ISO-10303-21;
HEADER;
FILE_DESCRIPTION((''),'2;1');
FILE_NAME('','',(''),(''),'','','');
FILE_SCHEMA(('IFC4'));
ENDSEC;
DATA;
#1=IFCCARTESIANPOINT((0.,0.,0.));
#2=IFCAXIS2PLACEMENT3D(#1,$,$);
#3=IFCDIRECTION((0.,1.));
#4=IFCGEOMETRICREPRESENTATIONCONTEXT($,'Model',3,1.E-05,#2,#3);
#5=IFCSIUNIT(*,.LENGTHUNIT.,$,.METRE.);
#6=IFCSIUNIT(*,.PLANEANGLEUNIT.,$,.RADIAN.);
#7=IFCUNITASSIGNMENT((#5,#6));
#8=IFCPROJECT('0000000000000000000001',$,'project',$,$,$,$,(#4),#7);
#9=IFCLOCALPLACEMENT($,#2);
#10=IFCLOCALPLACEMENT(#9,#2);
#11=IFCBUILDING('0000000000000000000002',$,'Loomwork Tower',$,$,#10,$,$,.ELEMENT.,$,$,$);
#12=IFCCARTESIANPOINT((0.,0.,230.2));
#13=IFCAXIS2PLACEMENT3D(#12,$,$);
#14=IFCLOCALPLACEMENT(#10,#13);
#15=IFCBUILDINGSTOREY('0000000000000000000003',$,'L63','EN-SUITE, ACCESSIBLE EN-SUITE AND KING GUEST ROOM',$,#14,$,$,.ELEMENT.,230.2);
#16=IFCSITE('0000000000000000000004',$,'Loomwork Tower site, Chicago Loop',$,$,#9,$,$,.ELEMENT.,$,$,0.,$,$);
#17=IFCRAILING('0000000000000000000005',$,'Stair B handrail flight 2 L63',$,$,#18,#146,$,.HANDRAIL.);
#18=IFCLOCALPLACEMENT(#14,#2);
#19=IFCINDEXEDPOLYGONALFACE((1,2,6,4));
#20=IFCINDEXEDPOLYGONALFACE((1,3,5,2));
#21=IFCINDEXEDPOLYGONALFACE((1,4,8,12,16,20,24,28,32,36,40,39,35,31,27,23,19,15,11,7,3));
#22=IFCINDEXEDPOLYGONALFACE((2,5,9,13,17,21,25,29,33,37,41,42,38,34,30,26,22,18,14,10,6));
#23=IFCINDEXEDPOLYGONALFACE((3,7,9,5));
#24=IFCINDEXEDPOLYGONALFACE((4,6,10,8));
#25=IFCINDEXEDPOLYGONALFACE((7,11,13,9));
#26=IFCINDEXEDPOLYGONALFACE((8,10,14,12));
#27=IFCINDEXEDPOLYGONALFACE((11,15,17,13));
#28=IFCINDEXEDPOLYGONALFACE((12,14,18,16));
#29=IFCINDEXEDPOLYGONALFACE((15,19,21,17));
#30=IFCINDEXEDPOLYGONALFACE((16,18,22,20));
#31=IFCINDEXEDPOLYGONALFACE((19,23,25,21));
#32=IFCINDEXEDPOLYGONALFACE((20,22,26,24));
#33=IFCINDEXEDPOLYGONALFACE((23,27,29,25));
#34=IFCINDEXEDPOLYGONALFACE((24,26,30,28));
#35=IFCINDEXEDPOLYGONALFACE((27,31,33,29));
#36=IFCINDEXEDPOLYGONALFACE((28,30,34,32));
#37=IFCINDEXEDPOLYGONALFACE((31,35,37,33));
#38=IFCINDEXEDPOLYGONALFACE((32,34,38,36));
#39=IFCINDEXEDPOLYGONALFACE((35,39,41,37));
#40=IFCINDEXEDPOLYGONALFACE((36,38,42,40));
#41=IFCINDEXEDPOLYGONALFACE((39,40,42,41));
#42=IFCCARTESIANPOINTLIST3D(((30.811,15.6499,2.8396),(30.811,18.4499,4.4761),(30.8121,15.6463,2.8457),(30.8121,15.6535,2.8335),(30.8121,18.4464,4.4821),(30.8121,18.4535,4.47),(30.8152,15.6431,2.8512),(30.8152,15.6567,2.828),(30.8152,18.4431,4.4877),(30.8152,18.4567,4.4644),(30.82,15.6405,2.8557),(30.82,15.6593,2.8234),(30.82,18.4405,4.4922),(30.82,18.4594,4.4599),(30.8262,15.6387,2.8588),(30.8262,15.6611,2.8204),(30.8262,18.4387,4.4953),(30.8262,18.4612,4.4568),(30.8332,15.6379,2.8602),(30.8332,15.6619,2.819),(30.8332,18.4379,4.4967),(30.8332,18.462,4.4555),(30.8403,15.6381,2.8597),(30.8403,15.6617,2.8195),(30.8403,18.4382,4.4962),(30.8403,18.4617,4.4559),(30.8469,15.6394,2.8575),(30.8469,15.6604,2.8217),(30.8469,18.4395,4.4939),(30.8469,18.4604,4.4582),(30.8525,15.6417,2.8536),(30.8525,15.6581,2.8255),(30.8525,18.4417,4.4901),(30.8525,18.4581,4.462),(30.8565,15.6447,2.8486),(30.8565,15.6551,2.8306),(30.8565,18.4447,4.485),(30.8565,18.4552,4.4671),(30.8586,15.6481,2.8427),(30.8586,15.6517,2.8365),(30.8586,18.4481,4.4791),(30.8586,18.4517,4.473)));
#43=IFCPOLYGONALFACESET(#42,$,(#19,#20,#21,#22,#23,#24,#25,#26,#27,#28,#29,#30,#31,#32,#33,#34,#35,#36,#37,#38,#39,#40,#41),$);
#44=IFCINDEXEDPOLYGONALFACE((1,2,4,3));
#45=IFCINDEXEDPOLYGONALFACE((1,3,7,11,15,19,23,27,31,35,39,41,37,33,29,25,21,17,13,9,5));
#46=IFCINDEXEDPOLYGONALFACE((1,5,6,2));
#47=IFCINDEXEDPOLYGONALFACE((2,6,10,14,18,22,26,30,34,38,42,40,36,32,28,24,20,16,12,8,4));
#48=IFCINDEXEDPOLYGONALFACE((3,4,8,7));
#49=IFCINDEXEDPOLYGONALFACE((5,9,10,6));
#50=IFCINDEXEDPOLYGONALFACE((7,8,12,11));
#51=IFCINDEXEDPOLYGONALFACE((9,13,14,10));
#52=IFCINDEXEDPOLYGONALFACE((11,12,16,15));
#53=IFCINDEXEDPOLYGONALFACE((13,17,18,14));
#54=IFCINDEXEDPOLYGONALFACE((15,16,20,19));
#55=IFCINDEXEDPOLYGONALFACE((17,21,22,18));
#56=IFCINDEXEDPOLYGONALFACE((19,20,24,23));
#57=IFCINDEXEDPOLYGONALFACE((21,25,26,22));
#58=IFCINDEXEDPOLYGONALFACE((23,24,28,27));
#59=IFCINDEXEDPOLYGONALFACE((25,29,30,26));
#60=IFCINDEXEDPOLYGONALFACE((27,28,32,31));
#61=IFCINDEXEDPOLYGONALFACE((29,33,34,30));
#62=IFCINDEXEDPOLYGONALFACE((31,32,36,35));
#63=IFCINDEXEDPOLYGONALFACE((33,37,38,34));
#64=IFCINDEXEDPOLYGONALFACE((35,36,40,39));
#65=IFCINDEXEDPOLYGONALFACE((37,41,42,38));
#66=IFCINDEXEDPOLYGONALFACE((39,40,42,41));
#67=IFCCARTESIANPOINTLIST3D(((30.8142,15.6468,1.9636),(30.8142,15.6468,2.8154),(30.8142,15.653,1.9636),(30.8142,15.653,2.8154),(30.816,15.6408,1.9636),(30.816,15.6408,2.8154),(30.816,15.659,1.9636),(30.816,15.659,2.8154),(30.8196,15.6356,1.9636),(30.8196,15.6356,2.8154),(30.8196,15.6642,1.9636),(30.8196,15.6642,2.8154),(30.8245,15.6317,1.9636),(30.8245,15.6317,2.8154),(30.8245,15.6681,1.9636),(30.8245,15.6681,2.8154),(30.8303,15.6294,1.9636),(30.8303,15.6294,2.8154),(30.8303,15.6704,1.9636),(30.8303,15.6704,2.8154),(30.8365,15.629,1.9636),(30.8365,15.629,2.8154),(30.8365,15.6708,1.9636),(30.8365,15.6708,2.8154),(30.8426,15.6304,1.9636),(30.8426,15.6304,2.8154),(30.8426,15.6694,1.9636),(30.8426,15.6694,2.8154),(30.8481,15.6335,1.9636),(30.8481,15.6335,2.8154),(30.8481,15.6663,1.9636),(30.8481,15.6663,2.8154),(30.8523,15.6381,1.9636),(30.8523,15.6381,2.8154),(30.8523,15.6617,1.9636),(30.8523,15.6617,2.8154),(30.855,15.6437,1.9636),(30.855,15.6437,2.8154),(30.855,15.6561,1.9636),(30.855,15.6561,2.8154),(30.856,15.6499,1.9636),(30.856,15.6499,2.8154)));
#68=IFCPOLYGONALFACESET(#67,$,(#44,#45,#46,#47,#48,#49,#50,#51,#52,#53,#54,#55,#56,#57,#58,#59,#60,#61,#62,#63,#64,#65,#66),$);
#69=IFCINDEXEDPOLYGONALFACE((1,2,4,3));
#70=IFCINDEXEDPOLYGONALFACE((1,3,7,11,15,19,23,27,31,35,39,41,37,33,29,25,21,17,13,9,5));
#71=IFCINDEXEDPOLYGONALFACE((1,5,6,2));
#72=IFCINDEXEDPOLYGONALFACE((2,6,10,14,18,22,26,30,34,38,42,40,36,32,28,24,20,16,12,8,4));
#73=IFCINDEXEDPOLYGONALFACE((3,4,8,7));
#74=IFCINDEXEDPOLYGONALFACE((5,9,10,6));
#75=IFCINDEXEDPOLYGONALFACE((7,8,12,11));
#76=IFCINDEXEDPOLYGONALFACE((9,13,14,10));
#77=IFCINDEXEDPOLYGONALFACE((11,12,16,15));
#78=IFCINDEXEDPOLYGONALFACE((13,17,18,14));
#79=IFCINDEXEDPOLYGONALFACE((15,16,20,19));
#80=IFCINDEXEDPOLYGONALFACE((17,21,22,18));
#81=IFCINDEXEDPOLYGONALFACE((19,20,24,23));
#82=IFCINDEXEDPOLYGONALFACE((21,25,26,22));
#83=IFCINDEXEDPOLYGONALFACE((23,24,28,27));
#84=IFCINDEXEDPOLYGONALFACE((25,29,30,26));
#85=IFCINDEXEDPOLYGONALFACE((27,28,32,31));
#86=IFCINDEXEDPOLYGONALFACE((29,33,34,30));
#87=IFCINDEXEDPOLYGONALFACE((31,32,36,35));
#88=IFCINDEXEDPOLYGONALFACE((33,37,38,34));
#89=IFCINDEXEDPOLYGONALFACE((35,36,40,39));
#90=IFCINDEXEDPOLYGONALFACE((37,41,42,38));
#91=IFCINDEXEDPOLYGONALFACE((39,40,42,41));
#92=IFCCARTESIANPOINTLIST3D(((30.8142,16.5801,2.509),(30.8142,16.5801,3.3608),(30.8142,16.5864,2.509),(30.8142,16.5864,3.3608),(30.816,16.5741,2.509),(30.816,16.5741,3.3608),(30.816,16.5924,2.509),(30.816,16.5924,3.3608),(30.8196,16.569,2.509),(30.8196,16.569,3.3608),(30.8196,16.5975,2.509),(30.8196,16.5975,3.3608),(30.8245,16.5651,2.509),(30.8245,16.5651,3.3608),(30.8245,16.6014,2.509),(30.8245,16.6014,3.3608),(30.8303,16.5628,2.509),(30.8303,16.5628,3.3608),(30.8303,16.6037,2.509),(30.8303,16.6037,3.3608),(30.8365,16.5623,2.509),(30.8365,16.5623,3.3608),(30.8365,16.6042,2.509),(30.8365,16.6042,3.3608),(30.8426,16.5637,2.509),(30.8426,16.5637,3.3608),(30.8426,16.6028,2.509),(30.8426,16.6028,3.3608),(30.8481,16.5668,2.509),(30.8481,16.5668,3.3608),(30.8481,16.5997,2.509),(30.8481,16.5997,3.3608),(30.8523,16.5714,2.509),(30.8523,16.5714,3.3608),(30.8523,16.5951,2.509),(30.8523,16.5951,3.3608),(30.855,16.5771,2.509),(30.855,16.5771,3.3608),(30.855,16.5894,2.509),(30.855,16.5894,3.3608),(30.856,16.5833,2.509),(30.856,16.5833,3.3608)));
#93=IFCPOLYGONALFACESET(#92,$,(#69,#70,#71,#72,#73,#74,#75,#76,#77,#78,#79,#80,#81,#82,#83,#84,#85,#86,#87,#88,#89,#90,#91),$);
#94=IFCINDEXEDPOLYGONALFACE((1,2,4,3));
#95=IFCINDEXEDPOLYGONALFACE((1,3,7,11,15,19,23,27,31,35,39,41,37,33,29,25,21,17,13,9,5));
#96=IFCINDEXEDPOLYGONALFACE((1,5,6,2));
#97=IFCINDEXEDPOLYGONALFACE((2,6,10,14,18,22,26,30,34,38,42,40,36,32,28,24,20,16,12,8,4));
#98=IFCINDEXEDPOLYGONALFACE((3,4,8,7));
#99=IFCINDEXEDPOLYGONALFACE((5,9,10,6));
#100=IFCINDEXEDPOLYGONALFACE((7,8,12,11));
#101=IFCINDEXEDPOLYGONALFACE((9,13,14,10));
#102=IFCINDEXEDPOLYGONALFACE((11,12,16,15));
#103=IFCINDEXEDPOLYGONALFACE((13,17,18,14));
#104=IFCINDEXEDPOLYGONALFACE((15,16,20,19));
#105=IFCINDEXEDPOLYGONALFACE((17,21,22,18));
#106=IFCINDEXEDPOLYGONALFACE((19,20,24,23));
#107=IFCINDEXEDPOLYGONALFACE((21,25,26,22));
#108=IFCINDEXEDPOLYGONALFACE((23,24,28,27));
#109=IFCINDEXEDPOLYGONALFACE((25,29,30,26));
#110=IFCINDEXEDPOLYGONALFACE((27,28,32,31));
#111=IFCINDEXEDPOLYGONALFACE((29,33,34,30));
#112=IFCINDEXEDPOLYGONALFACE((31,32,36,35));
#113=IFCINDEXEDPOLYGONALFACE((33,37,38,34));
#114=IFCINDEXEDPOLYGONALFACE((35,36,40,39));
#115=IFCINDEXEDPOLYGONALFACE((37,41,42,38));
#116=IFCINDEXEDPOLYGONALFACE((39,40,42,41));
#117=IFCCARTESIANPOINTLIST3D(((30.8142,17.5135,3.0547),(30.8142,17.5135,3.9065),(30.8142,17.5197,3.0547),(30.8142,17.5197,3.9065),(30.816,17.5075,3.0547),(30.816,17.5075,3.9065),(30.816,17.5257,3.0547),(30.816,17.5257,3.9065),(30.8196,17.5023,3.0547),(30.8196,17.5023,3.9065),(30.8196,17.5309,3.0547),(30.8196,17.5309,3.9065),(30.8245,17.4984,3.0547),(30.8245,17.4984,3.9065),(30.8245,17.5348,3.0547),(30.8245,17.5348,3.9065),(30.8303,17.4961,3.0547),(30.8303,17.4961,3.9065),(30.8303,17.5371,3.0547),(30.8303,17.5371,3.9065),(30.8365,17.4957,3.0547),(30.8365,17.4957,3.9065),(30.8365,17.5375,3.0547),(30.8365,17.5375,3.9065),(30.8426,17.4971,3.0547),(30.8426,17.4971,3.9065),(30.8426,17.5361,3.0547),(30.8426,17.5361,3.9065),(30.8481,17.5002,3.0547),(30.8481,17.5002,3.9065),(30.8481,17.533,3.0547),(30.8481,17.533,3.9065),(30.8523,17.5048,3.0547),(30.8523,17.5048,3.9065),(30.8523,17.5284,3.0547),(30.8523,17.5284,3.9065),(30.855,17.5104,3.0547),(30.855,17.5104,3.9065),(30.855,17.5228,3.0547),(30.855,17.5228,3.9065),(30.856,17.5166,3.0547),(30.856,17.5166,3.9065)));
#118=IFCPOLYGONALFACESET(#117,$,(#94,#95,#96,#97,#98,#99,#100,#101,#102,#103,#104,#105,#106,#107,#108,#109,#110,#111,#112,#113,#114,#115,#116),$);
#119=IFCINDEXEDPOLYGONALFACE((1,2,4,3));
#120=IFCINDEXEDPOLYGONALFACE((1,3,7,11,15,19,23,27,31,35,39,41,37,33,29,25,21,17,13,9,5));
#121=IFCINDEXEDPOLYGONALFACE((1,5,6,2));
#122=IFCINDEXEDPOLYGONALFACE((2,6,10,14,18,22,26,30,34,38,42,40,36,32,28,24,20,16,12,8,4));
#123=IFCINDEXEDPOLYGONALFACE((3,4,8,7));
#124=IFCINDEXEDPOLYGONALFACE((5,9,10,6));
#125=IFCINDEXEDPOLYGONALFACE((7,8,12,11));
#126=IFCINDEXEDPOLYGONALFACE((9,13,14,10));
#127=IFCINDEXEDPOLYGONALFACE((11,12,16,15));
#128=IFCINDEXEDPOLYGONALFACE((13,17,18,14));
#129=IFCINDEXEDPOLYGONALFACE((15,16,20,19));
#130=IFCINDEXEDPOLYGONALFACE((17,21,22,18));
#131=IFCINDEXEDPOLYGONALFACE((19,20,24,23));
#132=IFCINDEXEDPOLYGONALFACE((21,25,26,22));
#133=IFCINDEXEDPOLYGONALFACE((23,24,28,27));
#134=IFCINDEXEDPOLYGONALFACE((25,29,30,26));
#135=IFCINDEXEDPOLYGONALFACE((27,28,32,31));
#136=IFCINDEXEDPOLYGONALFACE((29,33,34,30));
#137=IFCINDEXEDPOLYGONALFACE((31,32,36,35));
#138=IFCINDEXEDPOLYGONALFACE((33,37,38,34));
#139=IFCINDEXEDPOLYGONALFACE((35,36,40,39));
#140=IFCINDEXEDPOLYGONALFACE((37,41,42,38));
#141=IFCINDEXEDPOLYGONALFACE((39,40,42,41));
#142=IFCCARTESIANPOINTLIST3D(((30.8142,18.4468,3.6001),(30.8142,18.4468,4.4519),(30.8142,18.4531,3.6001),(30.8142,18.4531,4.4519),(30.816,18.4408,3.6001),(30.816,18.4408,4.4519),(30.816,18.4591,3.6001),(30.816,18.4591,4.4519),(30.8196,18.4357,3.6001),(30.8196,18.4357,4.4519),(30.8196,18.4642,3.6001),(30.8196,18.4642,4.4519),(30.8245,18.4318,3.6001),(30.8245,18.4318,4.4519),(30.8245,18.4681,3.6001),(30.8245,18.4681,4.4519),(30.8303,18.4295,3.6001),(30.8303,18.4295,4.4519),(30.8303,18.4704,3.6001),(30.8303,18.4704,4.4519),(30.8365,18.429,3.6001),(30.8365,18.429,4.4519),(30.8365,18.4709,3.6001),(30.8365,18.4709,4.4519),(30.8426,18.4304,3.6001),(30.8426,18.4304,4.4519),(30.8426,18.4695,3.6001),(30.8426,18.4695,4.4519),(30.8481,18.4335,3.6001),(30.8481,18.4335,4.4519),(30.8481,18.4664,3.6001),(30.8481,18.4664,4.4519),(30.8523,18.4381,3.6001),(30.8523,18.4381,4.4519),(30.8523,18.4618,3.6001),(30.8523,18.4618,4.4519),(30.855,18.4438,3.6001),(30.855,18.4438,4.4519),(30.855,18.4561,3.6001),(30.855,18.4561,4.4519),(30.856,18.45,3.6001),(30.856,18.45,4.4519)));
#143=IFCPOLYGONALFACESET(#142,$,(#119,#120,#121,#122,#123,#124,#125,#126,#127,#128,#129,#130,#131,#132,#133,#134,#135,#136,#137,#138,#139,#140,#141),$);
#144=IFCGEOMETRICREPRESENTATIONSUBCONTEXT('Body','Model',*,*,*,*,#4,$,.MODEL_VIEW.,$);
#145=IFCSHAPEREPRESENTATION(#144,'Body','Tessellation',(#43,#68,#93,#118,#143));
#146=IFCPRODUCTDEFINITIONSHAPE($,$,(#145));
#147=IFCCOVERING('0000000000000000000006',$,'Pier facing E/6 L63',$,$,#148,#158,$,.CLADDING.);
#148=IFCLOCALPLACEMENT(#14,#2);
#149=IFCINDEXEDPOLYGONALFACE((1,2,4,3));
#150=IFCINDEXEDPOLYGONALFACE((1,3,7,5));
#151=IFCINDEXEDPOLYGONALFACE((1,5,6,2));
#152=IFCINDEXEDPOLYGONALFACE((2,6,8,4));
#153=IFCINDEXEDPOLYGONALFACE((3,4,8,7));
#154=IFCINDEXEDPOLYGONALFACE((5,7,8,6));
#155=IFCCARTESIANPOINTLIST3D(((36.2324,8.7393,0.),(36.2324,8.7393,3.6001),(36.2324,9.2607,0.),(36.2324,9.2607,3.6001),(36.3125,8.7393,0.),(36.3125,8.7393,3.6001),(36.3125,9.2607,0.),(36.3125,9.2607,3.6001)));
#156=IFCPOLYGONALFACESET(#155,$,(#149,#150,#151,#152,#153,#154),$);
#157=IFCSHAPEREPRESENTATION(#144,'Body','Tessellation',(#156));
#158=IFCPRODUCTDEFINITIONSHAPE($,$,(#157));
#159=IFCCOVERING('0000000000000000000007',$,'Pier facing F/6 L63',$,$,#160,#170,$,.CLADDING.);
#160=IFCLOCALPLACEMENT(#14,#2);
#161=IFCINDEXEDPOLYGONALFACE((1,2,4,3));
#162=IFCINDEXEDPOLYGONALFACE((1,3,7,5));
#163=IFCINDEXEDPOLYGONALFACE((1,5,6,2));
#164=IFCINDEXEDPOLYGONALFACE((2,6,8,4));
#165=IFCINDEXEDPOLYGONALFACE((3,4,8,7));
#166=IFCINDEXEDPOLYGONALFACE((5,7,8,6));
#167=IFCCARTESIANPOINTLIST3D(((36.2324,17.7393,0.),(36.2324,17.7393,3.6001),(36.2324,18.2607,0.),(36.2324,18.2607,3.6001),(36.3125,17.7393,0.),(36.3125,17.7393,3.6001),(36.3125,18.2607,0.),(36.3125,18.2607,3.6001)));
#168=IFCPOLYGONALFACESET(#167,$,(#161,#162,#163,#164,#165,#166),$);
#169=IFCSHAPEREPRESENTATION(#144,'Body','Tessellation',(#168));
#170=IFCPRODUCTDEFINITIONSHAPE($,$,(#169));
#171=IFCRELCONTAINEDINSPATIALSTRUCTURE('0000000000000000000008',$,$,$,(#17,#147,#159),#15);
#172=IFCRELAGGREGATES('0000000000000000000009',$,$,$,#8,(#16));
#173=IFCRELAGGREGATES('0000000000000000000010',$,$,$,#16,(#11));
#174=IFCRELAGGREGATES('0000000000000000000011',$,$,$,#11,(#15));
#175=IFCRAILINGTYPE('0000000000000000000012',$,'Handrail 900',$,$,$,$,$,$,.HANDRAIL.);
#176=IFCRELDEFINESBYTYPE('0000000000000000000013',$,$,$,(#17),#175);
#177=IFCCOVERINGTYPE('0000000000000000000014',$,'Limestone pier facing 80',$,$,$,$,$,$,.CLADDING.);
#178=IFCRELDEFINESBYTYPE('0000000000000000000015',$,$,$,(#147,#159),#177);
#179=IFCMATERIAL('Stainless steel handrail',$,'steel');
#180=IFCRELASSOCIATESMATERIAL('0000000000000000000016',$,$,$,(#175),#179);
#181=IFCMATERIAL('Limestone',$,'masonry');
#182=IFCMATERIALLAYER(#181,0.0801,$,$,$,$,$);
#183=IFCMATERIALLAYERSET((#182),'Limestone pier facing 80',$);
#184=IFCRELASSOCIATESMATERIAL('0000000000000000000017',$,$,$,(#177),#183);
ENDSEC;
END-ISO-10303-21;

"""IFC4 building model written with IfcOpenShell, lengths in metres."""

from ifc_helpers import new_model, si_unit, direction, frame, origin, origin_2d, place, context, subcontext, project, spatial, rectangle, circle, extrude, material, layer, layer_set, type_object, element, save


model = new_model("IFC4")

# Units and contexts
model_context = context("Model", 3, precision=1e-05, world=origin(), true_north=direction((0.0, 1.0)))
body_context = subcontext(model_context, "Body", "Model", "MODEL_VIEW")
ifc_project = project(units=[si_unit("LENGTHUNIT", "METRE"), si_unit("PLANEANGLEUNIT", "RADIAN")], contexts=[model_context])

# Site, building, storey
site_placement = place(None, origin())
site = spatial("IfcSite", under=ifc_project, at=site_placement, Name="Loomwork Tower site, Chicago Loop", CompositionType="ELEMENT", RefElevation=0.0)
building_placement = place(site_placement, origin())
building = spatial("IfcBuilding", under=site, at=building_placement, Name="Loomwork Tower", CompositionType="ELEMENT")
storey_placement = place(building_placement, frame((0.0, 0.0, 230.2)))
storey = spatial("IfcBuildingStorey", under=building, at=storey_placement, Name="L63", Description="EN-SUITE, ACCESSIBLE EN-SUITE AND KING GUEST ROOM", CompositionType="ELEMENT", Elevation=230.2)

# Railing
ifc_material_1 = material(Name="Stainless steel handrail", Category="steel")
railing_type = type_object("IfcRailingType", Name="Handrail 900", PredefinedType="HANDRAIL", material=ifc_material_1)
railing_placement = place(storey_placement, frame((30.835, 15.6499, 1.9636)))
element("IfcRailing", 1, at=railing_placement, inside=storey, type_object=railing_type, Name="Stair B handrail flight 2 L63", PredefinedType="HANDRAIL", context=body_context, shape_type="SweptSolid", body=[
    extrude(circle(Radius=0.0239, at=origin_2d()), frame((0.0, 0.0, 0.876), z_axis=(0.0, 0.863361, 0.504587), x_axis=(-1.0, 0.0, 0.0)), (0.0, 0.0, 1.0), 3.2432),
    extrude(circle(Radius=0.021, at=origin_2d()), origin(), (0.0, 0.0, 1.0), 0.8518),
    extrude(circle(Radius=0.021, at=origin_2d()), frame((0.0, 0.9333, 0.5454)), (0.0, 0.0, 1.0), 0.8518),
    extrude(circle(Radius=0.021, at=origin_2d()), frame((0.0, 1.8667, 1.0911)), (0.0, 0.0, 1.0), 0.8518),
    extrude(circle(Radius=0.021, at=origin_2d()), frame((0.0, 2.8, 1.6365)), (0.0, 0.0, 1.0), 0.8518),
])

# Coverings
ifc_material_2 = material(Name="Limestone", Category="masonry")
ifc_layer_1 = layer(ifc_material_2, 0.0801)
ifc_layer_set_1 = layer_set([ifc_layer_1], Name="Limestone pier facing 80")
covering_type = type_object("IfcCoveringType", Name="Limestone pier facing 80", PredefinedType="CLADDING", material=ifc_layer_set_1)
for number, where, z_axis, x_axis, name in (
    (2, (36.2725, 9.0, 0.0), (0.0, 0.0, 1.0), (1.0, 0.0, 0.0), "Pier facing E/6 L63"),
    (3, (36.2725, 18.0, 0.0), (0.0, 0.0, 1.0), (1.0, 0.0, 0.0), "Pier facing F/6 L63"),
):
    element("IfcCovering", number, at=place(storey_placement, frame(where, z_axis=z_axis, x_axis=x_axis)), inside=storey, type_object=covering_type, Name=name, PredefinedType="CLADDING", context=body_context, shape_type="SweptSolid", body=[
        extrude(rectangle(XDim=0.0801, YDim=0.5215, at=origin_2d()), origin(), (0.0, 0.0, 1.0), 3.6001),
    ])

save(model, "model.ifc")
